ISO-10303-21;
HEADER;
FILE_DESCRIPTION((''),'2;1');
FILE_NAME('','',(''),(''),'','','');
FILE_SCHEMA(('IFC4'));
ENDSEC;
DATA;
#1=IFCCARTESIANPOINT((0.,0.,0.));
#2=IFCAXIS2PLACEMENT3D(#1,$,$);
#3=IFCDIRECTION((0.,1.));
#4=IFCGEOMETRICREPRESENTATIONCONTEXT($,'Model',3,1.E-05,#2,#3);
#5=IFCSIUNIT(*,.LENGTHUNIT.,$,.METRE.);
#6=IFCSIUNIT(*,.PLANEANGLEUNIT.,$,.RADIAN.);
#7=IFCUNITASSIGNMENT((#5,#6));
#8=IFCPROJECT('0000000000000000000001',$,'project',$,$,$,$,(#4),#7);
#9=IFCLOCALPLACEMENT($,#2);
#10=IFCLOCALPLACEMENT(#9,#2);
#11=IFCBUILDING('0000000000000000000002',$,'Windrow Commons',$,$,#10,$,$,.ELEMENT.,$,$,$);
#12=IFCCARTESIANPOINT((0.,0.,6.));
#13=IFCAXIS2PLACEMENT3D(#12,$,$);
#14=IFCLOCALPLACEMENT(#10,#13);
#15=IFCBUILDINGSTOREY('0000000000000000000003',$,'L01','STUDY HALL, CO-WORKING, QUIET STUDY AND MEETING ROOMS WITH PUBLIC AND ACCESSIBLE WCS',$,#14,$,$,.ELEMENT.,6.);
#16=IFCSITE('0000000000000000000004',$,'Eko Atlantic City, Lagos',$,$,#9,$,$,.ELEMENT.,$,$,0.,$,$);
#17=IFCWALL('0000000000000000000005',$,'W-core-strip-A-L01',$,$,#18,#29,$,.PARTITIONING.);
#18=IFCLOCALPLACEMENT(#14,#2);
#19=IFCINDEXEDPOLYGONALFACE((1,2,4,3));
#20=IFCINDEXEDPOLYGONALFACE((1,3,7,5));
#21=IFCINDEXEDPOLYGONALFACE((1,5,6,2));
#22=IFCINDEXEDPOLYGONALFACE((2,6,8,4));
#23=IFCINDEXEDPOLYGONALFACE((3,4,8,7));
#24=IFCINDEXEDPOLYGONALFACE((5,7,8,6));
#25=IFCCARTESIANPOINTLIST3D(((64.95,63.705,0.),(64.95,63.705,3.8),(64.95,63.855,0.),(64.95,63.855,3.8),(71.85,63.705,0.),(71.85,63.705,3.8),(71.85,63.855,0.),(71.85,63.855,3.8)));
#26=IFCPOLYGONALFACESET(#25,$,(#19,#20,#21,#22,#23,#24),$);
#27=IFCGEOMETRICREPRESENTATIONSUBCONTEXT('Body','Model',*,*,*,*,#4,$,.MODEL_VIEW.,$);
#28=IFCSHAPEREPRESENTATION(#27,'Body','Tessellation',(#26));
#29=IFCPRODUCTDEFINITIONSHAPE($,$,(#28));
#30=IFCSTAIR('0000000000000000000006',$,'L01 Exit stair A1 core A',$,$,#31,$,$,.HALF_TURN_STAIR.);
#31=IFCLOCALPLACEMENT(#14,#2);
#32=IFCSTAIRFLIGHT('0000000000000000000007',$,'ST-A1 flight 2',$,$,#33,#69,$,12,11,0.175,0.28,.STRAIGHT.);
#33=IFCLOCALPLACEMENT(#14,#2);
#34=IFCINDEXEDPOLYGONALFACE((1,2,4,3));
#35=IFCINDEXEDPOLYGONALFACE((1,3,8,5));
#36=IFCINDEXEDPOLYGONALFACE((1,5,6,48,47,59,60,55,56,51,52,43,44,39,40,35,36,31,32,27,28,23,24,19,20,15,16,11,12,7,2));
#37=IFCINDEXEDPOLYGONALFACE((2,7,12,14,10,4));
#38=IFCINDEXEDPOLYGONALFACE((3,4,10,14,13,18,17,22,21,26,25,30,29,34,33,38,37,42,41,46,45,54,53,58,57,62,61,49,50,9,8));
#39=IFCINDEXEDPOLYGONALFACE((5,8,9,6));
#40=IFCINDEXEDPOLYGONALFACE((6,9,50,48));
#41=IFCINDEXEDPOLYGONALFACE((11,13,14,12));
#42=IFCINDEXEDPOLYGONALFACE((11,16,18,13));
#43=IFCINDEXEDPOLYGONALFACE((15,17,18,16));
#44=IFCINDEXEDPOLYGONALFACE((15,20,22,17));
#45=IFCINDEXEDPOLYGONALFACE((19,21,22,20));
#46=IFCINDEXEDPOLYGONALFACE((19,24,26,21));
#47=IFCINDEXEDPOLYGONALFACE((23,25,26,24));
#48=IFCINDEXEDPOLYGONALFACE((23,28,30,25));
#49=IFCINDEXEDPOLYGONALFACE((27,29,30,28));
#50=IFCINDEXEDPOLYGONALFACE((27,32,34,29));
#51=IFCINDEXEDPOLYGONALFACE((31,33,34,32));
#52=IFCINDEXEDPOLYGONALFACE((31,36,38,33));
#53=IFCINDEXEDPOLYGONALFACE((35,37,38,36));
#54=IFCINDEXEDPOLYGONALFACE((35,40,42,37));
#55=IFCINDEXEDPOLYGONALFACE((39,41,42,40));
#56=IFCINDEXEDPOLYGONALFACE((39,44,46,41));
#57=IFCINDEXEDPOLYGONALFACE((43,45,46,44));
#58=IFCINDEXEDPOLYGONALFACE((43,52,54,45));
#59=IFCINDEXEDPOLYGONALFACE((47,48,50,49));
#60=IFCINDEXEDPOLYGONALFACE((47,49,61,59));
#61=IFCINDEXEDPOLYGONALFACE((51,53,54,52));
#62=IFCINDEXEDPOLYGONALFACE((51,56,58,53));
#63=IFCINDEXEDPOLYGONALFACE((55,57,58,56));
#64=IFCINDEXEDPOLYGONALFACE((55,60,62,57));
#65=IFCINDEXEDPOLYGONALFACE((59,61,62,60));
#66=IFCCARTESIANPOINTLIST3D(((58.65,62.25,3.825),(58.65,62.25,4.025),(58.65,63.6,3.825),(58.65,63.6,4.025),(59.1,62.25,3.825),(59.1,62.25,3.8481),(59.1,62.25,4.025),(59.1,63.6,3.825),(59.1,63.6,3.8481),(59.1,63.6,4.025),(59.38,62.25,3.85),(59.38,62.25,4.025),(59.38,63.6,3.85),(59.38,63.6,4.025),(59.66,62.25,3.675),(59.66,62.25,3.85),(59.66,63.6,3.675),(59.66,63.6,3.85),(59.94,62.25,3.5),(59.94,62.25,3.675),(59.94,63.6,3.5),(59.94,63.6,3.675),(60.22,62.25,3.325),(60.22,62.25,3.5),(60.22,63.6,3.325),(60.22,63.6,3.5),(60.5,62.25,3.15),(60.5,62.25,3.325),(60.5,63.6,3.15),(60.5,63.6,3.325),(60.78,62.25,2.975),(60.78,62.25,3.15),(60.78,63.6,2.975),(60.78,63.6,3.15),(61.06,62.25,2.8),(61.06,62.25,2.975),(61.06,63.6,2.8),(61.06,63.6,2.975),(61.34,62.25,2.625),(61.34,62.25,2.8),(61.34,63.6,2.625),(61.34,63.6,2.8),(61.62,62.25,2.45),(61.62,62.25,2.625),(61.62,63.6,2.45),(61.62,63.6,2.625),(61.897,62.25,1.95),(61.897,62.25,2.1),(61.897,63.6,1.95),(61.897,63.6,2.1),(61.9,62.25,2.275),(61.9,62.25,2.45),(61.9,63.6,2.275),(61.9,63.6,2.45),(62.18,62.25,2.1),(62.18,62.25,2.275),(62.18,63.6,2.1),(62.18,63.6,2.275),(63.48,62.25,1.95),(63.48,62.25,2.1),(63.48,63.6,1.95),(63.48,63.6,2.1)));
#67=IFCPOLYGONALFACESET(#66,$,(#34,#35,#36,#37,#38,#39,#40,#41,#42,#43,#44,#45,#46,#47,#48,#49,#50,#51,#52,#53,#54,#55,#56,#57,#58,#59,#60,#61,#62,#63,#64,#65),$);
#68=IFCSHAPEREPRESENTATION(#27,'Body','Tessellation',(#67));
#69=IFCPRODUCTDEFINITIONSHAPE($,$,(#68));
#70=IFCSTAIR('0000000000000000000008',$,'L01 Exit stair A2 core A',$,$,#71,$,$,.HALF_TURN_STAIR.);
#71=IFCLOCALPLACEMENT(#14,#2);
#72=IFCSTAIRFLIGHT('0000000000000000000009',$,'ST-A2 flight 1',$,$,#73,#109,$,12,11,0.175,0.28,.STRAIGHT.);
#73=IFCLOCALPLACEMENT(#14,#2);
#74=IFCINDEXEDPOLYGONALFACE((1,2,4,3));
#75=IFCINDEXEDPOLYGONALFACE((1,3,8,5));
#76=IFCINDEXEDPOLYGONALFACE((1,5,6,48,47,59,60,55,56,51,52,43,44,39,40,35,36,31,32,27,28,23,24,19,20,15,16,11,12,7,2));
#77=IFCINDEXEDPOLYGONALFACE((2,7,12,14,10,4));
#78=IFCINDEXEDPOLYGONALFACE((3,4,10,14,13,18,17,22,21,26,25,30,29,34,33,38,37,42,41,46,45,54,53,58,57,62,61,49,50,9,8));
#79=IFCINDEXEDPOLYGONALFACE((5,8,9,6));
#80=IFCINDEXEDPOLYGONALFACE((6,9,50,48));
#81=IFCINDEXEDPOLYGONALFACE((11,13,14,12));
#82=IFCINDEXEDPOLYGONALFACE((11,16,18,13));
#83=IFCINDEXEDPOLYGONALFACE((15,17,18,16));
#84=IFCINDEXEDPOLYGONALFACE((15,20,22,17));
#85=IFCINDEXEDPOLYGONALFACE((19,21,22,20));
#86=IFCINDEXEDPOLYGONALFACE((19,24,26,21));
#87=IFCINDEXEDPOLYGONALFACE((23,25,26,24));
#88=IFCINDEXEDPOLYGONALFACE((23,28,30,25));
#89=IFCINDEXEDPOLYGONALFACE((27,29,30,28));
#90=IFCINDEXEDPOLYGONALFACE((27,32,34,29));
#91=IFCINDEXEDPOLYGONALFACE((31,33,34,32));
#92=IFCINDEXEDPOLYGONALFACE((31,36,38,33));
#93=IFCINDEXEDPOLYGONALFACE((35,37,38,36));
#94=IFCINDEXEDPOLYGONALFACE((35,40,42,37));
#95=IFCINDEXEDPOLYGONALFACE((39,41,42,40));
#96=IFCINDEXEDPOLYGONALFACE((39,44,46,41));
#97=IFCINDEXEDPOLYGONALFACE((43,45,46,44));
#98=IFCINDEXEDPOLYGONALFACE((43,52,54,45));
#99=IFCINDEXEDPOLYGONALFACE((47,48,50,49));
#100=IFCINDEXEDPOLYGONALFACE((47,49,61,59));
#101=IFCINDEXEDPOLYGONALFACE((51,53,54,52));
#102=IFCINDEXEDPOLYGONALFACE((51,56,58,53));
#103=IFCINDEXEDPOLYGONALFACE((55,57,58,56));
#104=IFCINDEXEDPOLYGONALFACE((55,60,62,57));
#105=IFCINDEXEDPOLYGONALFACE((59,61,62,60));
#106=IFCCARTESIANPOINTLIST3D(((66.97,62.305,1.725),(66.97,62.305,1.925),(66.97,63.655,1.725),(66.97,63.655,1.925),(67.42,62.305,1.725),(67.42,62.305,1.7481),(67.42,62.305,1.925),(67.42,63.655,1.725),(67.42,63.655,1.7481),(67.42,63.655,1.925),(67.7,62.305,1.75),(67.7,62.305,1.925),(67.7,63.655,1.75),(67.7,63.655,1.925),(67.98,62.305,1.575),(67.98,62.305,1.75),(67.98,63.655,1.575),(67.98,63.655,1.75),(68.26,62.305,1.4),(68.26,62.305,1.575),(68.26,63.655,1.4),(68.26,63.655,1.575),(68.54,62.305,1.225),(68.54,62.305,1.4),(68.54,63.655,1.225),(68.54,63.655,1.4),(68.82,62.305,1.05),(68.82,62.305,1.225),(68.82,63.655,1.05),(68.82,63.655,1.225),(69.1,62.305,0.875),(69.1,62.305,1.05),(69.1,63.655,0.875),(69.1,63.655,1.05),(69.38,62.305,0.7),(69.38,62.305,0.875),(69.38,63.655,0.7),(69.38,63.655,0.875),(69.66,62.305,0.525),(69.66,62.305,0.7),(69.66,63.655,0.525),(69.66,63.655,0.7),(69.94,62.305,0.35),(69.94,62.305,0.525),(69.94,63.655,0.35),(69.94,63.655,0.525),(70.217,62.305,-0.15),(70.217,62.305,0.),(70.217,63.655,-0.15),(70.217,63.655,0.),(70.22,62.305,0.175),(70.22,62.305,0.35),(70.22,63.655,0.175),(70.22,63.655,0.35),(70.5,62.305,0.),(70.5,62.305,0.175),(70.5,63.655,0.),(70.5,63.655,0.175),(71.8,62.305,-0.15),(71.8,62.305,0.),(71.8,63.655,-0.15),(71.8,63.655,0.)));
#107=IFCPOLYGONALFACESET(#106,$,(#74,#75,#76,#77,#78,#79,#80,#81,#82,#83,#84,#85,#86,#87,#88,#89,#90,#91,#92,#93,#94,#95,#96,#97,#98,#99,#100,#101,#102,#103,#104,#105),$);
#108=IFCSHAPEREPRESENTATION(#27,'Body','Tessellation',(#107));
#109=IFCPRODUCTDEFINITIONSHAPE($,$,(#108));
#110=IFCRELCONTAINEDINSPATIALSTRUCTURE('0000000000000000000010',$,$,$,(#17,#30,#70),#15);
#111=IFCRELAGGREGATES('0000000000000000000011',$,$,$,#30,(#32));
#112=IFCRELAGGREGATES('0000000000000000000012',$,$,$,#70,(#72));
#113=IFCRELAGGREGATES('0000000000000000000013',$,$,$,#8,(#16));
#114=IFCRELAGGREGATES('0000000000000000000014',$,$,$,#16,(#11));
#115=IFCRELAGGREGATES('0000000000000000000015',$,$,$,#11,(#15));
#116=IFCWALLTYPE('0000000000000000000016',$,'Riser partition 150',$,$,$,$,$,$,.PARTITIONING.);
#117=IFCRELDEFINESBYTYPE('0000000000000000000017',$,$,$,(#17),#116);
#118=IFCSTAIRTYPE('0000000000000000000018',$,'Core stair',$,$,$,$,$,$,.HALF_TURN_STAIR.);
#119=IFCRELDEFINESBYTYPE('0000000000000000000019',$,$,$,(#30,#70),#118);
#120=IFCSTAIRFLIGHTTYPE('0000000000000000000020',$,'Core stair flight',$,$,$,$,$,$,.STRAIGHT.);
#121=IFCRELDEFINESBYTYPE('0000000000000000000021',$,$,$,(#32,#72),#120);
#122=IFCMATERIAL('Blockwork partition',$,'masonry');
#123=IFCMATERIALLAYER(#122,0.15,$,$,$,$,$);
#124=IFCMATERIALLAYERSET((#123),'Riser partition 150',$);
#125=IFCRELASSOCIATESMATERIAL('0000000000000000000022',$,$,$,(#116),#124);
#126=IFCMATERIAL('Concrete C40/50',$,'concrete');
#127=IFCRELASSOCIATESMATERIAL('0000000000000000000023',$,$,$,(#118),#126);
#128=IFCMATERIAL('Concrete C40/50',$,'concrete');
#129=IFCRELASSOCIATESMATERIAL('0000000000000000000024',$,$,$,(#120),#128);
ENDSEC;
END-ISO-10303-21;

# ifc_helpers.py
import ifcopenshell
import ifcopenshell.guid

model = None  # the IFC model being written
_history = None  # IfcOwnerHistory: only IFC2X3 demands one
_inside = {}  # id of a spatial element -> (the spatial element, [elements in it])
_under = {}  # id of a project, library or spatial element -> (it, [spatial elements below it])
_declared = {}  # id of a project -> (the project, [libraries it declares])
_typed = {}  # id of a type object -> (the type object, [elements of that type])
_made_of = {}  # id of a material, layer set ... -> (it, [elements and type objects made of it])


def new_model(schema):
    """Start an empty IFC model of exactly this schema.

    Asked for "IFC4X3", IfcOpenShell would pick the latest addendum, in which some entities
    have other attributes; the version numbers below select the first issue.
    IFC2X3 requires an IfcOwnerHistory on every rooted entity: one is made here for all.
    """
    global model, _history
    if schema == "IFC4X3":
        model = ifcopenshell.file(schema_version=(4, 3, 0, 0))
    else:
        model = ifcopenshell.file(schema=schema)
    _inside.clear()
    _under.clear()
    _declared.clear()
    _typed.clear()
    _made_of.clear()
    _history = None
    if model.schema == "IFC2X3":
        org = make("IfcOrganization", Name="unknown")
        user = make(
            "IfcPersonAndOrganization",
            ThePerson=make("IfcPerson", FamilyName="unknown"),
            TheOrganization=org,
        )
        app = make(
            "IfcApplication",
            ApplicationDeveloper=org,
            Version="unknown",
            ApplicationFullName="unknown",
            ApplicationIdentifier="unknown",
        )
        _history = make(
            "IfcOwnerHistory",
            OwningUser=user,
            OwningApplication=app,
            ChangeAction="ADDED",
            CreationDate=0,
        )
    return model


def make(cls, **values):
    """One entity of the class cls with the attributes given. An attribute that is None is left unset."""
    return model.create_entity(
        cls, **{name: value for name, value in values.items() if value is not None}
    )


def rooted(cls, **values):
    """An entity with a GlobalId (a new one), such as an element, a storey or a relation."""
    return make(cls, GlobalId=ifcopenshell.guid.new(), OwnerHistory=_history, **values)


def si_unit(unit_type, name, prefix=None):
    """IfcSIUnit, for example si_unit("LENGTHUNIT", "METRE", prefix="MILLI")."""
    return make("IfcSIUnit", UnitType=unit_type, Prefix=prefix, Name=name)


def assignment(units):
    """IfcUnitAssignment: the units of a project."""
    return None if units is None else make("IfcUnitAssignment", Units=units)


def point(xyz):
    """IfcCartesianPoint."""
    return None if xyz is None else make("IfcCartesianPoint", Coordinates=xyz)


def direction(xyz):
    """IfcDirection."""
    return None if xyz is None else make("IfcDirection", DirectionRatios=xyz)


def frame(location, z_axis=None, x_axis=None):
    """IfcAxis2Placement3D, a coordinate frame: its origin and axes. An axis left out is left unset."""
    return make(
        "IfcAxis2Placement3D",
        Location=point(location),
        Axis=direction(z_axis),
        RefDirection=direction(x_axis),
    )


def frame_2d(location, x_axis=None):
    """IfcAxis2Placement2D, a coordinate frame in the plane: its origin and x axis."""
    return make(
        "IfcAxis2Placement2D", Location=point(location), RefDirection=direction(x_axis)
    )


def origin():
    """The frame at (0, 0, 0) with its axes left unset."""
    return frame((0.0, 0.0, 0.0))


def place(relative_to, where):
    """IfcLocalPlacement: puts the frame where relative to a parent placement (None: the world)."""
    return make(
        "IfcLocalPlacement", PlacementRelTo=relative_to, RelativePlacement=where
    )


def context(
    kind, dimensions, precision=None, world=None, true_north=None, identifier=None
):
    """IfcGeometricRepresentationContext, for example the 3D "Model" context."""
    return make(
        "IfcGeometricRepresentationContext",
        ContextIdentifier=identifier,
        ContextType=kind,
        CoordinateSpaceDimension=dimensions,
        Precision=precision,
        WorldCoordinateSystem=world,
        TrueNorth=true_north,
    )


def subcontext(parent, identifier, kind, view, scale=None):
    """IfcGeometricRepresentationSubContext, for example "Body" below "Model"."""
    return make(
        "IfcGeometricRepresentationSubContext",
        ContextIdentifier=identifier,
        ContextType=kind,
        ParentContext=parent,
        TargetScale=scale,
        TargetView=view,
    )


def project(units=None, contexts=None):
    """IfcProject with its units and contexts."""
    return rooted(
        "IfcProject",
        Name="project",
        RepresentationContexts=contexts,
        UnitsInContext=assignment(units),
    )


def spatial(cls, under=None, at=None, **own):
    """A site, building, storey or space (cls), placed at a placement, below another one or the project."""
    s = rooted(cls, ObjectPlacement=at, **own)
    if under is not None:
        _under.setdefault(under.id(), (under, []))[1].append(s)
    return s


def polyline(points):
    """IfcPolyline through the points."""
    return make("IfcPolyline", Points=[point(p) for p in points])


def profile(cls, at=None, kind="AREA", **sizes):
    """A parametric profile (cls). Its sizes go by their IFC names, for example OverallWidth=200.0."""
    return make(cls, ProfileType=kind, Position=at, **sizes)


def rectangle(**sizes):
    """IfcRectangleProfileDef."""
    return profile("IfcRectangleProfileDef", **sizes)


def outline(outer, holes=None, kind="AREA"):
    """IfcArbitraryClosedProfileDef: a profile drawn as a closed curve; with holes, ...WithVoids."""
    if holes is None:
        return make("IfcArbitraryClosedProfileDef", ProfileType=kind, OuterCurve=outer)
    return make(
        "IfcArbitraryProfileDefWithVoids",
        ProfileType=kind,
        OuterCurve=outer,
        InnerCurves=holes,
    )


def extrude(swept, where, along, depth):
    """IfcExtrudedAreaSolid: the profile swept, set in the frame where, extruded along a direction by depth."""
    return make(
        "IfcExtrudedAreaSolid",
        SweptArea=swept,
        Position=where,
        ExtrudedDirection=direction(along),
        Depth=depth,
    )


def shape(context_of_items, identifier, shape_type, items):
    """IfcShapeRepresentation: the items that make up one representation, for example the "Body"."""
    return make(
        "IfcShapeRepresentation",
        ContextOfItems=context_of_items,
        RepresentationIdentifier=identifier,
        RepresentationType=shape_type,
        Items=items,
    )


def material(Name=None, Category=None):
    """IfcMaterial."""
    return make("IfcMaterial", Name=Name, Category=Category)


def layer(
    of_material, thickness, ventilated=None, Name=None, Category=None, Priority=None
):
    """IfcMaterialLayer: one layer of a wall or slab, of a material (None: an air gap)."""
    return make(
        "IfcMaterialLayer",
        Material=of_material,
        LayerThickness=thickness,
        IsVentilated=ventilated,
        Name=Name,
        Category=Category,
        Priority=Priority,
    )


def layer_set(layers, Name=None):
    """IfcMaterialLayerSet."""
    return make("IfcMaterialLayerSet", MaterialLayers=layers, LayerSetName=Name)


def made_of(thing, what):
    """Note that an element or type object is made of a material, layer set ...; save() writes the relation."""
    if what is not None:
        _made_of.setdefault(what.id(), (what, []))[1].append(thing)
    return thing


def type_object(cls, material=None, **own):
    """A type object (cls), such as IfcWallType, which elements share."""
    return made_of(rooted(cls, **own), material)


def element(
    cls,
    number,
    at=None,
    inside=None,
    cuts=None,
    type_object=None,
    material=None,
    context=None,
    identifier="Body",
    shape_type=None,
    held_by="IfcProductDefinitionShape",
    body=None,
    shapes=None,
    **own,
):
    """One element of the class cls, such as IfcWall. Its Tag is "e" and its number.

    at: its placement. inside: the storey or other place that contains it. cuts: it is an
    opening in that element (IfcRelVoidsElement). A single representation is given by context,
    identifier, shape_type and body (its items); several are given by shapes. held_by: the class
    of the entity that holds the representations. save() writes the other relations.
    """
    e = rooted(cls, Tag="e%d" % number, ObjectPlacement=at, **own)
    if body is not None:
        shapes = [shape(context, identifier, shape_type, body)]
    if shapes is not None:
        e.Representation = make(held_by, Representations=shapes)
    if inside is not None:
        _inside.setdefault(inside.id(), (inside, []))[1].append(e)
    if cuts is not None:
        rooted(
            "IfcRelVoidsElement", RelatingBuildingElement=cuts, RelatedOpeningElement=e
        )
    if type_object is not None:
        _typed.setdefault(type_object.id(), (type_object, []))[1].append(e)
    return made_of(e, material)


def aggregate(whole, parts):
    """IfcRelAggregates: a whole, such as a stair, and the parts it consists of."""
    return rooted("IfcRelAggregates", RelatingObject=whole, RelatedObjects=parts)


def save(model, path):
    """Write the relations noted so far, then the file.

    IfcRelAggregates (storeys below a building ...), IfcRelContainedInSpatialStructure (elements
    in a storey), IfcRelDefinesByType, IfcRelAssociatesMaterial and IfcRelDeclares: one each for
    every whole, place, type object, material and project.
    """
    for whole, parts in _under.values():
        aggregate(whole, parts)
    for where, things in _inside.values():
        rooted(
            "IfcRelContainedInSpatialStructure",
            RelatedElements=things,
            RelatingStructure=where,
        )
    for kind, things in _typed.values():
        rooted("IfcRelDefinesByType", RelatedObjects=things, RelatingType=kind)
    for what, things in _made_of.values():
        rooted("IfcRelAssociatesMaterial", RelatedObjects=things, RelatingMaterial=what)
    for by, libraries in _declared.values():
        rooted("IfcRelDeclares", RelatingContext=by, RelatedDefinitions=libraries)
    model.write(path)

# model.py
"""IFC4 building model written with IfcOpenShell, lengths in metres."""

from ifc_helpers import new_model, si_unit, direction, frame, frame_2d, origin, place, context, subcontext, project, spatial, polyline, rectangle, outline, extrude, material, layer, layer_set, type_object, element, aggregate, save


model = new_model("IFC4")

# Units and contexts
model_context = context("Model", 3, precision=1e-05, world=origin(), true_north=direction((0.0, 1.0)))
body_context = subcontext(model_context, "Body", "Model", "MODEL_VIEW")
ifc_project = project(units=[si_unit("LENGTHUNIT", "METRE"), si_unit("PLANEANGLEUNIT", "RADIAN")], contexts=[model_context])

# Site, building, storey
site_placement = place(None, origin())
site = spatial("IfcSite", under=ifc_project, at=site_placement, Name="Eko Atlantic City, Lagos", CompositionType="ELEMENT", RefElevation=0.0)
building_placement = place(site_placement, origin())
building = spatial("IfcBuilding", under=site, at=building_placement, Name="Windrow Commons", CompositionType="ELEMENT")
storey_placement = place(building_placement, frame((0.0, 0.0, 6.0)))
storey = spatial("IfcBuildingStorey", under=building, at=storey_placement, Name="L01", Description="STUDY HALL, CO-WORKING, QUIET STUDY AND MEETING ROOMS WITH PUBLIC AND ACCESSIBLE WCS", CompositionType="ELEMENT", Elevation=6.0)

# Shared definitions
placement = place(storey_placement, origin())

# Wall
ifc_material_1 = material(Name="Blockwork partition", Category="masonry")
ifc_layer_1 = layer(ifc_material_1, 0.15)
ifc_layer_set_1 = layer_set([ifc_layer_1], Name="Riser partition 150")
wall_type_1 = type_object("IfcWallType", Name="Riser partition 150", PredefinedType="PARTITIONING", material=ifc_layer_set_1)
wall_1_placement = place(storey_placement, frame((64.95, 63.78, 0.0), z_axis=(0.0, 0.0, 1.0), x_axis=(1.0, 0.0, 0.0)))
element("IfcWall", 1, at=wall_1_placement, inside=storey, type_object=wall_type_1, Name="W-core-strip-A-L01", PredefinedType="PARTITIONING", context=body_context, shape_type="SweptSolid", body=[
    extrude(rectangle(XDim=6.9, YDim=0.15, at=frame_2d((3.45, 0.0))), origin(), (0.0, 0.0, 1.0), 3.8),
])

# Stairs, stair flights
ifc_material_2 = material(Name="Concrete C40/50", Category="concrete")
stair_type = type_object("IfcStairType", Name="Core stair", PredefinedType="HALF_TURN_STAIR", material=ifc_material_2)
stair_1 = element("IfcStair", 2, at=placement, inside=storey, type_object=stair_type, Name="L01 Exit stair A1 core A", PredefinedType="HALF_TURN_STAIR")
ifc_material_3 = material(Name="Concrete C40/50", Category="concrete")
stair_flight_type = type_object("IfcStairFlightType", Name="Core stair flight", PredefinedType="STRAIGHT", material=ifc_material_3)
stair_flight_1_placement = place(storey_placement, frame((62.18, 62.925, 2.1), z_axis=(0.0, 0.0, 1.0), x_axis=(-1.0, 0.0, 0.0)))
stair_flight_1 = element("IfcStairFlight", 3, at=stair_flight_1_placement, type_object=stair_flight_type, Name="ST-A1 flight 2", NumberOfRisers=12, NumberOfTreads=11, PredefinedType="STRAIGHT", RiserHeight=0.175, TreadLength=0.28, context=body_context, shape_type="SweptSolid", body=[
    extrude(outline(polyline([(-1.3, -0.15), (-1.3, 0.0), (0.0, 0.0), (0.0, 0.175), (0.28, 0.175), (0.28, 0.35), (0.56, 0.35), (0.56, 0.525), (0.84, 0.525), (0.84, 0.7), (1.12, 0.7), (1.12, 0.875), (1.4, 0.875), (1.4, 1.05), (1.68, 1.05), (1.68, 1.225), (1.96, 1.225), (1.96, 1.4), (2.24, 1.4), (2.24, 1.575), (2.52, 1.575), (2.52, 1.75), (2.8, 1.75), (2.8, 1.925), (3.08, 1.925), (3.53, 1.925), (3.53, 1.725), (3.08, 1.725), (3.08, 1.7481), (0.283, 0.0), (0.283, -0.15), (-1.3, -0.15)])), frame((0.0, 0.675, 0.0), z_axis=(0.0, -1.0, 0.0), x_axis=(1.0, 0.0, 0.0)), (0.0, 0.0, 1.0), 1.35),
])
aggregate(stair_1, [stair_flight_1])
stair_2 = element("IfcStair", 4, at=placement, inside=storey, type_object=stair_type, Name="L01 Exit stair A2 core A", PredefinedType="HALF_TURN_STAIR")
stair_flight_2_placement = place(storey_placement, frame((70.5, 62.98, 0.0), z_axis=(0.0, 0.0, 1.0), x_axis=(-1.0, 0.0, 0.0)))
stair_flight_2 = element("IfcStairFlight", 5, at=stair_flight_2_placement, type_object=stair_flight_type, Name="ST-A2 flight 1", NumberOfRisers=12, NumberOfTreads=11, PredefinedType="STRAIGHT", RiserHeight=0.175, TreadLength=0.28, context=body_context, shape_type="SweptSolid", body=[
    extrude(outline(polyline([(-1.3, -0.15), (-1.3, 0.0), (0.0, 0.0), (0.0, 0.175), (0.28, 0.175), (0.28, 0.35), (0.56, 0.35), (0.56, 0.525), (0.84, 0.525), (0.84, 0.7), (1.12, 0.7), (1.12, 0.875), (1.4, 0.875), (1.4, 1.05), (1.68, 1.05), (1.68, 1.225), (1.96, 1.225), (1.96, 1.4), (2.24, 1.4), (2.24, 1.575), (2.52, 1.575), (2.52, 1.75), (2.8, 1.75), (2.8, 1.925), (3.08, 1.925), (3.53, 1.925), (3.53, 1.725), (3.08, 1.725), (3.08, 1.7481), (0.283, 0.0), (0.283, -0.15), (-1.3, -0.15)])), frame((0.0, 0.675, 0.0), z_axis=(0.0, -1.0, 0.0), x_axis=(1.0, 0.0, 0.0)), (0.0, 0.0, 1.0), 1.35),
])
aggregate(stair_2, [stair_flight_2])

save(model, "model.ifc")
